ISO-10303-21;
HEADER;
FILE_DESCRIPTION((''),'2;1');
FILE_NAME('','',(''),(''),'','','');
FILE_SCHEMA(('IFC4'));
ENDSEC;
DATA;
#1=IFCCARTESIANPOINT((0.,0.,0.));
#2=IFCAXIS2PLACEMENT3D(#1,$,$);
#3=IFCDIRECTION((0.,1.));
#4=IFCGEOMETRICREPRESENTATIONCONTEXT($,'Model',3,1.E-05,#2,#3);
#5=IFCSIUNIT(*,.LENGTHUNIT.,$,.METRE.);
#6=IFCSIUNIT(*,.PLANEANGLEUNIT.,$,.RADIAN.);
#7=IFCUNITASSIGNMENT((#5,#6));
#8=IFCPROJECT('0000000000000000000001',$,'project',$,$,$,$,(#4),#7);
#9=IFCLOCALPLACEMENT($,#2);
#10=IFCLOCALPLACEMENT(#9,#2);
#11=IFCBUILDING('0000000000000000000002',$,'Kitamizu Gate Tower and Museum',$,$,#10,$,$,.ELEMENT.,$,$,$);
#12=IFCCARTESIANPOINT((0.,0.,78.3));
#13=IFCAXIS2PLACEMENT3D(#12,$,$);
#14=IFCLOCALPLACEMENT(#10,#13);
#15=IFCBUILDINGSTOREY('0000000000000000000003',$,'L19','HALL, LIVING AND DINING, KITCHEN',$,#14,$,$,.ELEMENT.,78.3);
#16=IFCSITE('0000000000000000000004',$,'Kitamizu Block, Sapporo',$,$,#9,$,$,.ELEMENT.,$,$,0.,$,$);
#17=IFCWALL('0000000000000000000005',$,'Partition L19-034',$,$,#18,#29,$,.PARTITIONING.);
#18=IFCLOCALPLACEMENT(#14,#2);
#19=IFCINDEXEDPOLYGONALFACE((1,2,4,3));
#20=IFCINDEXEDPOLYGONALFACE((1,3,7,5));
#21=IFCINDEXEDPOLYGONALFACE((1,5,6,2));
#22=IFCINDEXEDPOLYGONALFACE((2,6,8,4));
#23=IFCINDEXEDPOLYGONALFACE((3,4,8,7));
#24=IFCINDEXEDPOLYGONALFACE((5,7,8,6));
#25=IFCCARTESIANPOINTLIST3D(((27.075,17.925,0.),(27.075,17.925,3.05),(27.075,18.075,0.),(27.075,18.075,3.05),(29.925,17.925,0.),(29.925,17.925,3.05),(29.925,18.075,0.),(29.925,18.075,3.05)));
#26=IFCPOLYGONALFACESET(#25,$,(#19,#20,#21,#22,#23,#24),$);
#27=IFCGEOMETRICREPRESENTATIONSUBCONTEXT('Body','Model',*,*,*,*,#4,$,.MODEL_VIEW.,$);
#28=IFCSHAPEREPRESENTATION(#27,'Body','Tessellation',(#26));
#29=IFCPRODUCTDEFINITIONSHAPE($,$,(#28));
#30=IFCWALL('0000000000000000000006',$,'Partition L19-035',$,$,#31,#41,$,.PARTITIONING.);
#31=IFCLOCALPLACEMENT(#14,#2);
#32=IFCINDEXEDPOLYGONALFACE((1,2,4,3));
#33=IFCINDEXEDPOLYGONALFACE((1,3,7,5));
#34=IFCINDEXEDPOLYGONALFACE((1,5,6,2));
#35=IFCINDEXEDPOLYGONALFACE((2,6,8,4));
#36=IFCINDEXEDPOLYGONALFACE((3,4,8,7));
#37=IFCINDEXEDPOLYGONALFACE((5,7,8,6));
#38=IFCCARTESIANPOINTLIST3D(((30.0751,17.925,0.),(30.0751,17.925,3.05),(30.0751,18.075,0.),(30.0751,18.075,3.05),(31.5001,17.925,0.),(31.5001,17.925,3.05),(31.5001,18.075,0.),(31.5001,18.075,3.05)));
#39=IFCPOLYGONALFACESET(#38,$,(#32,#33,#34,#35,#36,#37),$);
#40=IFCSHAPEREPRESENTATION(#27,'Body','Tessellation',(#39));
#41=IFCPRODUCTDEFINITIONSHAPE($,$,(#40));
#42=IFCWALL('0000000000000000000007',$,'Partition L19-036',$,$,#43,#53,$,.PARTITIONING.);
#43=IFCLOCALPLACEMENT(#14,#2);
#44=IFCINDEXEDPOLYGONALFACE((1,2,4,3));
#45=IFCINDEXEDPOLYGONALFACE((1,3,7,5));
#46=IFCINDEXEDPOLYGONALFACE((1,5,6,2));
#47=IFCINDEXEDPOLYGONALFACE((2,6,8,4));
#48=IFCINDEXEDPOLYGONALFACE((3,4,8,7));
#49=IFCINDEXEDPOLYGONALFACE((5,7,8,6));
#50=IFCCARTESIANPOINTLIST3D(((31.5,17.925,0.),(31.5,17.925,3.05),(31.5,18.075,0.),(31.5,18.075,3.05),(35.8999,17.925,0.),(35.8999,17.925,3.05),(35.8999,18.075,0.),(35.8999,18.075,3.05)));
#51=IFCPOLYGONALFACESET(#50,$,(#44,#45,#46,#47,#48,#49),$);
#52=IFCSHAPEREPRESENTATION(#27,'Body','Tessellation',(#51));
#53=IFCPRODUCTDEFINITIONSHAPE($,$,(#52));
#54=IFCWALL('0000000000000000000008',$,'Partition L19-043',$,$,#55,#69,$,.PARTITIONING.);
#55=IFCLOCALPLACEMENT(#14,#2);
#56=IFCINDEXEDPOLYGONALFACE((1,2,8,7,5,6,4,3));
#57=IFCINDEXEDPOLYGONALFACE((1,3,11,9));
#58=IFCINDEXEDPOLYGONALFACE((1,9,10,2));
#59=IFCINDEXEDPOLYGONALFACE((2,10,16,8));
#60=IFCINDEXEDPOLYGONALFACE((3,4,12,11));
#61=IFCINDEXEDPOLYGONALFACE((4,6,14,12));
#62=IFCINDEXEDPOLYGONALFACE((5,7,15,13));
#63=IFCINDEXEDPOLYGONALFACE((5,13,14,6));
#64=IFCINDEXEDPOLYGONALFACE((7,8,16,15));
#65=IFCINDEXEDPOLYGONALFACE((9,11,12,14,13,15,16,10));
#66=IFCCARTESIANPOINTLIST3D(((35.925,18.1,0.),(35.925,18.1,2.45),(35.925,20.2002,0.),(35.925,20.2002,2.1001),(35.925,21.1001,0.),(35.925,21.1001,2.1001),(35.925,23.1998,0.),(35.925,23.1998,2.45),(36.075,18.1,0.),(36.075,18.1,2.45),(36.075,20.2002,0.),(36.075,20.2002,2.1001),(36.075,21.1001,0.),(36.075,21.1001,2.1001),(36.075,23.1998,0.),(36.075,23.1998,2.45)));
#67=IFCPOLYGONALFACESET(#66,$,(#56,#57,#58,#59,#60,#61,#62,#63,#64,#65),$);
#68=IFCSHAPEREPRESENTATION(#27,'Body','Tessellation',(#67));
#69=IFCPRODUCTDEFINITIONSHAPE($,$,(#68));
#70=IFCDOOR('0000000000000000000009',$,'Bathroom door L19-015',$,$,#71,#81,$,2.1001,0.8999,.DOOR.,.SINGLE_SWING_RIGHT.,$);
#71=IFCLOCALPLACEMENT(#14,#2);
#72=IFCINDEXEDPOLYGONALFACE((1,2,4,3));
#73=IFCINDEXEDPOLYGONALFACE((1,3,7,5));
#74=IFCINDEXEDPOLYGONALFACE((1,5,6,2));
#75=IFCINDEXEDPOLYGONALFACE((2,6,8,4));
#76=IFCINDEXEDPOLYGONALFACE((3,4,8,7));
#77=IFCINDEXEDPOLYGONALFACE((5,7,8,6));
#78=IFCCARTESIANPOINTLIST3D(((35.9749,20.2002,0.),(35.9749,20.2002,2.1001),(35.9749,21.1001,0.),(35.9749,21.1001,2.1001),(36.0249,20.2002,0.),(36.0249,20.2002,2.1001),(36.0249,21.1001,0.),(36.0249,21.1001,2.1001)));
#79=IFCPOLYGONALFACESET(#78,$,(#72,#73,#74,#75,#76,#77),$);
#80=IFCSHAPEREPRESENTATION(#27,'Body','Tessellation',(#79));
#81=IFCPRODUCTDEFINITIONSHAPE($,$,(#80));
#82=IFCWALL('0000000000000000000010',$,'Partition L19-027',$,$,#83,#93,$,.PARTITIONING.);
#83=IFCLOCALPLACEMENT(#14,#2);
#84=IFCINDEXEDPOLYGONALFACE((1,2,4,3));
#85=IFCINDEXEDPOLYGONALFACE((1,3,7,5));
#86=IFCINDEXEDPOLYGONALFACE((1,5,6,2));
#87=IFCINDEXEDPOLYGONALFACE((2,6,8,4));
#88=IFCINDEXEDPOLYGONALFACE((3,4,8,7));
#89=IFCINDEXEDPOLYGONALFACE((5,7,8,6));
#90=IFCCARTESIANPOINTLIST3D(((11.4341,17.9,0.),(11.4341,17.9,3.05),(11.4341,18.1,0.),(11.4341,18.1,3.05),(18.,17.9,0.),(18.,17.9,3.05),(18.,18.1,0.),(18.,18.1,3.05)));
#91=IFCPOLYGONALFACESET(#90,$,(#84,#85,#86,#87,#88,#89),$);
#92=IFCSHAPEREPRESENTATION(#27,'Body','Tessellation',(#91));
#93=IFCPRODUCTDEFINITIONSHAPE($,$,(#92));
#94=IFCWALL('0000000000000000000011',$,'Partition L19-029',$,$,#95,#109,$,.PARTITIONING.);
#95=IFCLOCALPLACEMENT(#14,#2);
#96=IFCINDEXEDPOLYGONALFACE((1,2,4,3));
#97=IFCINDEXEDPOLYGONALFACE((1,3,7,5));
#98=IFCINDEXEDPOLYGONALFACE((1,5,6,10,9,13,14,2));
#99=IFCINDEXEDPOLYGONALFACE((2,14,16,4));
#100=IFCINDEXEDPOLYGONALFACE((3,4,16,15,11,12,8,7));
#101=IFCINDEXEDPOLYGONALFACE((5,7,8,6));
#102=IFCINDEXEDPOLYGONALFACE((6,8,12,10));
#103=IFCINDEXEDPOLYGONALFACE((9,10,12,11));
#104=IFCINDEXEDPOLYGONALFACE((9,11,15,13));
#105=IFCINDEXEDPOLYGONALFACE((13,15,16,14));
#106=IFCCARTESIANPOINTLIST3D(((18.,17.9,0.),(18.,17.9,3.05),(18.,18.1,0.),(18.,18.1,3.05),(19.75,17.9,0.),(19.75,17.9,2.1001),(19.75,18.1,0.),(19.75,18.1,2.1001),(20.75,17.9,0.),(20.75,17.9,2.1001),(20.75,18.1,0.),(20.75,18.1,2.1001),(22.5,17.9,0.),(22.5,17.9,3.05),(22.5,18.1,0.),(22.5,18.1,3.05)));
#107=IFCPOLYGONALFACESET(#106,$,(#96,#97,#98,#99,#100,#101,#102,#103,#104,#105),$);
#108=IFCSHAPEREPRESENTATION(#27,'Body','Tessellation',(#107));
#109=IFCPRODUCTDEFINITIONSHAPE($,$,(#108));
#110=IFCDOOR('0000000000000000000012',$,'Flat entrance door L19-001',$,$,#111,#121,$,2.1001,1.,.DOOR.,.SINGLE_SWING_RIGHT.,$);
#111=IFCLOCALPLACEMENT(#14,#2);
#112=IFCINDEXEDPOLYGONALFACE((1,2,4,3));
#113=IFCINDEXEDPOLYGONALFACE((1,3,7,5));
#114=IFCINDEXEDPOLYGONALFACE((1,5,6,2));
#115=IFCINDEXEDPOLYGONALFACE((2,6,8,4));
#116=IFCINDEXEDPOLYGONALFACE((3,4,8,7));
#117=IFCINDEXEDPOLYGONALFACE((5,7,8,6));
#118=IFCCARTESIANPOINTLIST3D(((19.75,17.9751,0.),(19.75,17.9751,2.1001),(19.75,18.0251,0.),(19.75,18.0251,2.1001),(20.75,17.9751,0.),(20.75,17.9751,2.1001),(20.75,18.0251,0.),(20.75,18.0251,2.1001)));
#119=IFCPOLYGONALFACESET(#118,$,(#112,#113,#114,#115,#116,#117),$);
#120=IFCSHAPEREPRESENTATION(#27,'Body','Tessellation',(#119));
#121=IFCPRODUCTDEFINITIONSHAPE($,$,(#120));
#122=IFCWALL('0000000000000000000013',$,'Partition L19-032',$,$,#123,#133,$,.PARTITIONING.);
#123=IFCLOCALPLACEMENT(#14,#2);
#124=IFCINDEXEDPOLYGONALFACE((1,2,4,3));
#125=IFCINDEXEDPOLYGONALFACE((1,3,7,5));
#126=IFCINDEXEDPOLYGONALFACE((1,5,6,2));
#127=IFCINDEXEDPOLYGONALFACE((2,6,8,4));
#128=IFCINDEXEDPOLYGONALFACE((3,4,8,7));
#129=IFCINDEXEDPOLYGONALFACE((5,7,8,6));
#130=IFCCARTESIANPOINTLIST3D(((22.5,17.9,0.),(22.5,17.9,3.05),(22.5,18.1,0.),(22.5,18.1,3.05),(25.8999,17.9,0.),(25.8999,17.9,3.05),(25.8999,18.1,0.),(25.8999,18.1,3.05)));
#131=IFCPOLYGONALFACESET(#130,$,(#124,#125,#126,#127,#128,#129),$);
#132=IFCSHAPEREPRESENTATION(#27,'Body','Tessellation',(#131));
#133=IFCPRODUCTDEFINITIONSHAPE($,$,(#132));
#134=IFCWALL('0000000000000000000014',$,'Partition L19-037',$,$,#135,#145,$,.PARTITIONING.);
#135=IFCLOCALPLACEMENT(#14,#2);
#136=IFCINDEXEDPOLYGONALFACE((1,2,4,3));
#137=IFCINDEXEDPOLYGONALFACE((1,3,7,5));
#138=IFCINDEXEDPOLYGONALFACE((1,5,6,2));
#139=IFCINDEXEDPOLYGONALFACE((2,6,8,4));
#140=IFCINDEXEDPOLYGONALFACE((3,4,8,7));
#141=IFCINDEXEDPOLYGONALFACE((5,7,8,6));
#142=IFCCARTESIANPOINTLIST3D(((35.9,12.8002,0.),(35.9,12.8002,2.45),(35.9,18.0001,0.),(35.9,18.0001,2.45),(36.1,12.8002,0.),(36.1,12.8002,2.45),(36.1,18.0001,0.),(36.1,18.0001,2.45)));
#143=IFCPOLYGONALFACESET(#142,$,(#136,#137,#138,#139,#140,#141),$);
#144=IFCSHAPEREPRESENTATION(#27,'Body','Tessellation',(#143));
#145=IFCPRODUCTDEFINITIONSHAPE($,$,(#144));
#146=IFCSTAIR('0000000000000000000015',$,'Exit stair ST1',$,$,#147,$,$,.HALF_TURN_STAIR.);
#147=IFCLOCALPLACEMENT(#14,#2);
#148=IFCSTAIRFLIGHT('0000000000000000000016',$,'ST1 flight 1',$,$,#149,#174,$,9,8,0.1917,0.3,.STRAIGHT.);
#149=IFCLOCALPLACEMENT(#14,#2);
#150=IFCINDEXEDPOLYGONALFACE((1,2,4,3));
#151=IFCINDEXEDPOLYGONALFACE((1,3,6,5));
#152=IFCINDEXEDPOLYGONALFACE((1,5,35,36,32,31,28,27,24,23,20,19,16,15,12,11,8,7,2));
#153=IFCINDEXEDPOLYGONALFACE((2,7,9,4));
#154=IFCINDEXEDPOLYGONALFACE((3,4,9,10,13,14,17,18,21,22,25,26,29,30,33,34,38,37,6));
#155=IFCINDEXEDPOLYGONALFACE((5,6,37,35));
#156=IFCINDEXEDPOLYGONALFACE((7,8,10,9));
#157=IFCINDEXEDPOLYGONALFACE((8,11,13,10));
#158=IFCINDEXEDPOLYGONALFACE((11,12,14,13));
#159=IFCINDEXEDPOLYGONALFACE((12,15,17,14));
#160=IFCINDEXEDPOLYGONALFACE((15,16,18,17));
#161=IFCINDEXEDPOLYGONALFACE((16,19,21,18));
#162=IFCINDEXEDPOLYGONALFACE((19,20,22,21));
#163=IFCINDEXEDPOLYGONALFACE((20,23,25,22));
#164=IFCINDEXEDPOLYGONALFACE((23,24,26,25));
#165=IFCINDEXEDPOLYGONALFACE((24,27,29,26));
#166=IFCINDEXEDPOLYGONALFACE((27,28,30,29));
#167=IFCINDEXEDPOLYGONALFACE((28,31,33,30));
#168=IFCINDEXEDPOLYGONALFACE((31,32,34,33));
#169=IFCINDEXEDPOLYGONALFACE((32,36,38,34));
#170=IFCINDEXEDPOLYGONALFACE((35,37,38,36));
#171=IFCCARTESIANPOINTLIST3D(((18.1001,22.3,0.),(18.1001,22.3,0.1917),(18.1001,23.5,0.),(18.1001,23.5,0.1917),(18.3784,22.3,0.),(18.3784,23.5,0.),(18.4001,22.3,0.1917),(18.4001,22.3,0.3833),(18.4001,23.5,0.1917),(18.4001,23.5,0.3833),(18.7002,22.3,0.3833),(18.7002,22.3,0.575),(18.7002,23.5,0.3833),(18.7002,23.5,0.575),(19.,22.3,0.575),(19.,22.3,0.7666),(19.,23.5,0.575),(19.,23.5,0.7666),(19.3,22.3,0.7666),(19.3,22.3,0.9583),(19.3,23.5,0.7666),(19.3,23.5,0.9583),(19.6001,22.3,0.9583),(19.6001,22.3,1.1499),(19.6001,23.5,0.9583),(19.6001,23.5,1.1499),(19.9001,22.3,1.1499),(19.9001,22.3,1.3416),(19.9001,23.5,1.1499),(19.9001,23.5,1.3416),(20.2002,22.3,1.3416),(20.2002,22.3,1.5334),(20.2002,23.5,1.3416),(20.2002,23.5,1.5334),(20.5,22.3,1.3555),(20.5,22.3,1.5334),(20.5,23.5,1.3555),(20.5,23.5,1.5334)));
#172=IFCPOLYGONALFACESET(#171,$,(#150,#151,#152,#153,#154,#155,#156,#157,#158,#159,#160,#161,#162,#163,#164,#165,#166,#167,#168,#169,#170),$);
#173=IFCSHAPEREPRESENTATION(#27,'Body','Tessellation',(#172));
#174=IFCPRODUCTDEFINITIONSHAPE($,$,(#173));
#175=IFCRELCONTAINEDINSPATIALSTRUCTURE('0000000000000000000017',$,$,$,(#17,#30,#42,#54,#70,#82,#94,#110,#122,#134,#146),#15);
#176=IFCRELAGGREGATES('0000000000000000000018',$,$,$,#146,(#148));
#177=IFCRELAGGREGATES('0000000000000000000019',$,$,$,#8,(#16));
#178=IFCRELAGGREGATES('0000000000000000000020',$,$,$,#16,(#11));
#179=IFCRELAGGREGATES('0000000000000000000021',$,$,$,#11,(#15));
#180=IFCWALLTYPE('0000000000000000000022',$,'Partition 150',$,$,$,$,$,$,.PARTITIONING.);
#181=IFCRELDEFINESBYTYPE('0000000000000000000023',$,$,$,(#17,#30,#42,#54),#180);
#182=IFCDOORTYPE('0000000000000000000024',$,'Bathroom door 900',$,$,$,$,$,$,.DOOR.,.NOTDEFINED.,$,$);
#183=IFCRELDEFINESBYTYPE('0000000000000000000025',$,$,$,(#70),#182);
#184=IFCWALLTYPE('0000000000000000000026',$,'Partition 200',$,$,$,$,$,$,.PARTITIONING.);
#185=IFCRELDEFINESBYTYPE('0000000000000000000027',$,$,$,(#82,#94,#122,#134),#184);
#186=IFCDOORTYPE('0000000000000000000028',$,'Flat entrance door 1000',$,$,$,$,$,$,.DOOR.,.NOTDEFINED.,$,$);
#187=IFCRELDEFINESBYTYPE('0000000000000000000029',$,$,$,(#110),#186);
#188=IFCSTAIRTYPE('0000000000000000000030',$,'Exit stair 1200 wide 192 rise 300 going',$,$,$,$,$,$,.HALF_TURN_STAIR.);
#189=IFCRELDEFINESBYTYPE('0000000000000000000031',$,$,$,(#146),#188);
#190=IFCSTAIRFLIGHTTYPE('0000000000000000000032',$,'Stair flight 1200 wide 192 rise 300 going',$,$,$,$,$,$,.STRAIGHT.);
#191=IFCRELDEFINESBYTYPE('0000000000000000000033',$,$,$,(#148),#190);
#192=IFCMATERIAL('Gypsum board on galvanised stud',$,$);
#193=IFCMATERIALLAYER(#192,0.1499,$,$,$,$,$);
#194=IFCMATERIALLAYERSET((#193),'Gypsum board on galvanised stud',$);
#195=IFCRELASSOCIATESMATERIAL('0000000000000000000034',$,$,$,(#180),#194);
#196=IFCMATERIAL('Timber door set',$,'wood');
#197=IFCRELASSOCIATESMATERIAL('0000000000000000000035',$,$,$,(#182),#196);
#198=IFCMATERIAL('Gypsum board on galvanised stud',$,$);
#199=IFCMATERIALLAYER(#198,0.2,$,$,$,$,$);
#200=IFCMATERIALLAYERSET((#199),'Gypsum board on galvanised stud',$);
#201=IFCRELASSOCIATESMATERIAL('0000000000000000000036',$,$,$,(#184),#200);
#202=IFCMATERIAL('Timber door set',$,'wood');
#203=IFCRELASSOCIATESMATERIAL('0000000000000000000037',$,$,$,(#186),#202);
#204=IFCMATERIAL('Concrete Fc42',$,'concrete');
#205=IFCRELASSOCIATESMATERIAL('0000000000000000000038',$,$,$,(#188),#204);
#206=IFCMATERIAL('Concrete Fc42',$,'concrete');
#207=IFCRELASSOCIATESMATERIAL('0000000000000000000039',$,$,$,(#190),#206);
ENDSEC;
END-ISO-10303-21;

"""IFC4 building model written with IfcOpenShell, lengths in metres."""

from ifc_helpers import new_model, si_unit, direction, frame, frame_2d, origin, place, context, subcontext, project, spatial, polyline, rectangle, outline, extrude, material, layer, layer_set, type_object, element, fill, aggregate, save


model = new_model("IFC4")

# Units and contexts
model_context = context("Model", 3, precision=1e-05, world=origin(), true_north=direction((0.0, 1.0)))
body_context = subcontext(model_context, "Body", "Model", "MODEL_VIEW")
ifc_project = project(units=[si_unit("LENGTHUNIT", "METRE"), si_unit("PLANEANGLEUNIT", "RADIAN")], contexts=[model_context])

# Site, building, storey
site_placement = place(None, origin())
site = spatial("IfcSite", under=ifc_project, at=site_placement, Name="Kitamizu Block, Sapporo", CompositionType="ELEMENT", RefElevation=0.0)
building_placement = place(site_placement, origin())
building = spatial("IfcBuilding", under=site, at=building_placement, Name="Kitamizu Gate Tower and Museum", CompositionType="ELEMENT")
storey_placement = place(building_placement, frame((0.0, 0.0, 78.3)))
storey = spatial("IfcBuildingStorey", under=building, at=storey_placement, Name="L19", Description="HALL, LIVING AND DINING, KITCHEN", CompositionType="ELEMENT", Elevation=78.3)

# Shared definitions
ifc_material_1 = material(Name="Gypsum board on galvanised stud")
ifc_layer_1 = layer(ifc_material_1, 0.1499)
ifc_layer_set_1 = layer_set([ifc_layer_1], Name="Gypsum board on galvanised stud")
wall_type_1 = type_object("IfcWallType", Name="Partition 150", PredefinedType="PARTITIONING", material=ifc_layer_set_1)
ifc_material_2 = material(Name="Timber door set", Category="wood")
door_type_1 = type_object("IfcDoorType", Name="Bathroom door 900", OperationType="NOTDEFINED", PredefinedType="DOOR", material=ifc_material_2)

# Walls
wall_1_placement = place(storey_placement, frame((29.925, 18.0, 0.0), z_axis=(0.0, 0.0, 1.0), x_axis=(-1.0, 0.0, 0.0)))
element("IfcWall", 1, at=wall_1_placement, inside=storey, type_object=wall_type_1, Name="Partition L19-034", PredefinedType="PARTITIONING", context=body_context, shape_type="SweptSolid", body=[
    extrude(rectangle(XDim=2.8501, YDim=0.1499, at=frame_2d((1.425, 0.0))), origin(), (0.0, 0.0, 1.0), 3.05),
])
wall_2_placement = place(storey_placement, frame((31.5, 18.0, 0.0), z_axis=(0.0, 0.0, 1.0), x_axis=(-1.0, 0.0, 0.0)))
element("IfcWall", 2, at=wall_2_placement, inside=storey, type_object=wall_type_1, Name="Partition L19-035", PredefinedType="PARTITIONING", context=body_context, shape_type="SweptSolid", body=[
    extrude(rectangle(XDim=1.425, YDim=0.1499, at=frame_2d((0.7124, 0.0))), origin(), (0.0, 0.0, 1.0), 3.05),
])
wall_3_placement = place(storey_placement, frame((35.8999, 18.0, 0.0), z_axis=(0.0, 0.0, 1.0), x_axis=(-1.0, 0.0, 0.0)))
element("IfcWall", 3, at=wall_3_placement, inside=storey, type_object=wall_type_1, Name="Partition L19-036", PredefinedType="PARTITIONING", context=body_context, shape_type="SweptSolid", body=[
    extrude(rectangle(XDim=4.3999, YDim=0.1499, at=frame_2d((2.2, 0.0))), origin(), (0.0, 0.0, 1.0), 3.05),
])

# Wall, opening, door
wall_4_placement = place(storey_placement, frame((36.0, 18.1001, 0.0), z_axis=(0.0, 0.0, 1.0), x_axis=(0.0, 1.0, 0.0)))
wall_4 = element("IfcWall", 4, at=wall_4_placement, inside=storey, type_object=wall_type_1, Name="Partition L19-043", PredefinedType="PARTITIONING", context=body_context, shape_type="SweptSolid", body=[
    extrude(rectangle(XDim=5.0999, YDim=0.1499, at=frame_2d((2.5498, 0.0))), origin(), (0.0, 0.0, 1.0), 2.45),
])
opening_1_placement = place(wall_4_placement, frame((2.1001, 0.0, 0.0)))
opening_1 = element("IfcOpeningElement", 5, at=opening_1_placement, cuts=wall_4, PredefinedType="OPENING", context=body_context, shape_type="SweptSolid", body=[
    extrude(rectangle(XDim=0.8999, YDim=2.1001, at=frame_2d((0.45, 1.05))), frame((0.0, 0.085, 0.0), z_axis=(0.0, -1.0, 0.0), x_axis=(1.0, 0.0, 0.0)), (0.0, 0.0, 1.0), 0.1699),
])
door_1_placement = place(opening_1_placement, frame((0.8999, 0.0, 0.0), x_axis=(-1.0, 0.0, 0.0)))
door_1 = element("IfcDoor", 6, at=door_1_placement, inside=storey, type_object=door_type_1, Name="Bathroom door L19-015", OperationType="SINGLE_SWING_RIGHT", OverallHeight=2.1001, OverallWidth=0.8999, PredefinedType="DOOR", context=body_context, shape_type="SweptSolid", body=[
    extrude(rectangle(XDim=0.8999, YDim=2.1001, at=frame_2d((0.45, 1.05))), frame((0.0, 0.0249, 0.0), z_axis=(0.0, -1.0, 0.0), x_axis=(1.0, 0.0, 0.0)), (0.0, 0.0, 1.0), 0.05),
])
fill(opening_1, door_1)

# Wall
ifc_material_3 = material(Name="Gypsum board on galvanised stud")
ifc_layer_2 = layer(ifc_material_3, 0.2)
ifc_layer_set_2 = layer_set([ifc_layer_2], Name="Gypsum board on galvanised stud")
wall_type_2 = type_object("IfcWallType", Name="Partition 200", PredefinedType="PARTITIONING", material=ifc_layer_set_2)
wall_5_placement = place(storey_placement, frame((18.0, 18.0, 0.0), z_axis=(0.0, 0.0, 1.0), x_axis=(-1.0, 0.0, 0.0)))
element("IfcWall", 7, at=wall_5_placement, inside=storey, type_object=wall_type_2, Name="Partition L19-027", PredefinedType="PARTITIONING", context=body_context, shape_type="SweptSolid", body=[
    extrude(rectangle(XDim=6.5659, YDim=0.2, at=frame_2d((3.283, 0.0))), origin(), (0.0, 0.0, 1.0), 3.05),
])

# Wall, opening, door
wall_6_placement = place(storey_placement, frame((22.5, 18.0, 0.0), z_axis=(0.0, 0.0, 1.0), x_axis=(-1.0, 0.0, 0.0)))
wall_6 = element("IfcWall", 8, at=wall_6_placement, inside=storey, type_object=wall_type_2, Name="Partition L19-029", PredefinedType="PARTITIONING", context=body_context, shape_type="SweptSolid", body=[
    extrude(rectangle(XDim=4.5, YDim=0.2, at=frame_2d((2.25, 0.0))), origin(), (0.0, 0.0, 1.0), 3.05),
])
opening_2_placement = place(wall_6_placement, frame((1.75, 0.0, 0.0)))
opening_2 = element("IfcOpeningElement", 9, at=opening_2_placement, cuts=wall_6, PredefinedType="OPENING", context=body_context, shape_type="SweptSolid", body=[
    extrude(rectangle(XDim=1.0, YDim=2.1001, at=frame_2d((0.5, 1.05))), frame((0.0, 0.1099, 0.0), z_axis=(0.0, -1.0, 0.0), x_axis=(1.0, 0.0, 0.0)), (0.0, 0.0, 1.0), 0.22),
])
ifc_material_4 = material(Name="Timber door set", Category="wood")
door_type_2 = type_object("IfcDoorType", Name="Flat entrance door 1000", OperationType="NOTDEFINED", PredefinedType="DOOR", material=ifc_material_4)
door_2_placement = place(opening_2_placement, origin())
door_2 = element("IfcDoor", 10, at=door_2_placement, inside=storey, type_object=door_type_2, Name="Flat entrance door L19-001", OperationType="SINGLE_SWING_RIGHT", OverallHeight=2.1001, OverallWidth=1.0, PredefinedType="DOOR", context=body_context, shape_type="SweptSolid", body=[
    extrude(rectangle(XDim=1.0, YDim=2.1001, at=frame_2d((0.5, 1.05))), frame((0.0, 0.0249, 0.0), z_axis=(0.0, -1.0, 0.0), x_axis=(1.0, 0.0, 0.0)), (0.0, 0.0, 1.0), 0.05),
])
fill(opening_2, door_2)

# Walls
wall_7_placement = place(storey_placement, frame((25.8999, 18.0, 0.0), z_axis=(0.0, 0.0, 1.0), x_axis=(-1.0, 0.0, 0.0)))
element("IfcWall", 11, at=wall_7_placement, inside=storey, type_object=wall_type_2, Name="Partition L19-032", PredefinedType="PARTITIONING", context=body_context, shape_type="SweptSolid", body=[
    extrude(rectangle(XDim=3.3999, YDim=0.2, at=frame_2d((1.7, 0.0))), origin(), (0.0, 0.0, 1.0), 3.05),
])
wall_8_placement = place(storey_placement, frame((36.0, 12.8, 0.0), z_axis=(0.0, 0.0, 1.0), x_axis=(0.0, 1.0, 0.0)))
element("IfcWall", 12, at=wall_8_placement, inside=storey, type_object=wall_type_2, Name="Partition L19-037", PredefinedType="PARTITIONING", context=body_context, shape_type="SweptSolid", body=[
    extrude(rectangle(XDim=5.2, YDim=0.2, at=frame_2d((2.6001, 0.0))), origin(), (0.0, 0.0, 1.0), 2.45),
])

# Stair, stair flight
ifc_material_5 = material(Name="Concrete Fc42", Category="concrete")
stair_type = type_object("IfcStairType", Name="Exit stair 1200 wide 192 rise 300 going", PredefinedType="HALF_TURN_STAIR", material=ifc_material_5)
stair_placement = place(storey_placement, origin())
stair = element("IfcStair", 13, at=stair_placement, inside=storey, type_object=stair_type, Name="Exit stair ST1", PredefinedType="HALF_TURN_STAIR")
ifc_material_6 = material(Name="Concrete Fc42", Category="concrete")
stair_flight_type = type_object("IfcStairFlightType", Name="Stair flight 1200 wide 192 rise 300 going", PredefinedType="STRAIGHT", material=ifc_material_6)
stair_flight_placement = place(storey_placement, frame((18.1001, 22.8999, 0.0), z_axis=(0.0, 0.0, 1.0), x_axis=(1.0, 0.0, 0.0)))
stair_flight = element("IfcStairFlight", 14, at=stair_flight_placement, type_object=stair_flight_type, Name="ST1 flight 1", NumberOfRisers=9, NumberOfTreads=8, PredefinedType="STRAIGHT", RiserHeight=0.1917, TreadLength=0.3, context=body_context, shape_type="SweptSolid", body=[
    extrude(outline(polyline([(0.0, 0.0), (0.0, 0.1917), (0.3, 0.1917), (0.3, 0.3833), (0.6001, 0.3833), (0.6001, 0.575), (0.8999, 0.575), (0.8999, 0.7666), (1.2, 0.7666), (1.2, 0.9583), (1.5, 0.9583), (1.5, 1.1499), (1.8, 1.1499), (1.8, 1.3416), (2.1001, 1.3416), (2.1001, 1.5334), (2.3999, 1.5334), (2.3999, 1.7251), (2.3999, 1.3555), (0.2783, 0.0), (0.0, 0.0)])), frame((0.0, 0.6001, 0.0), z_axis=(0.0, -1.0, 0.0), x_axis=(1.0, 0.0, 0.0)), (0.0, 0.0, 1.0), 1.2),
])
aggregate(stair, [stair_flight])

save(model, "model.ifc")
